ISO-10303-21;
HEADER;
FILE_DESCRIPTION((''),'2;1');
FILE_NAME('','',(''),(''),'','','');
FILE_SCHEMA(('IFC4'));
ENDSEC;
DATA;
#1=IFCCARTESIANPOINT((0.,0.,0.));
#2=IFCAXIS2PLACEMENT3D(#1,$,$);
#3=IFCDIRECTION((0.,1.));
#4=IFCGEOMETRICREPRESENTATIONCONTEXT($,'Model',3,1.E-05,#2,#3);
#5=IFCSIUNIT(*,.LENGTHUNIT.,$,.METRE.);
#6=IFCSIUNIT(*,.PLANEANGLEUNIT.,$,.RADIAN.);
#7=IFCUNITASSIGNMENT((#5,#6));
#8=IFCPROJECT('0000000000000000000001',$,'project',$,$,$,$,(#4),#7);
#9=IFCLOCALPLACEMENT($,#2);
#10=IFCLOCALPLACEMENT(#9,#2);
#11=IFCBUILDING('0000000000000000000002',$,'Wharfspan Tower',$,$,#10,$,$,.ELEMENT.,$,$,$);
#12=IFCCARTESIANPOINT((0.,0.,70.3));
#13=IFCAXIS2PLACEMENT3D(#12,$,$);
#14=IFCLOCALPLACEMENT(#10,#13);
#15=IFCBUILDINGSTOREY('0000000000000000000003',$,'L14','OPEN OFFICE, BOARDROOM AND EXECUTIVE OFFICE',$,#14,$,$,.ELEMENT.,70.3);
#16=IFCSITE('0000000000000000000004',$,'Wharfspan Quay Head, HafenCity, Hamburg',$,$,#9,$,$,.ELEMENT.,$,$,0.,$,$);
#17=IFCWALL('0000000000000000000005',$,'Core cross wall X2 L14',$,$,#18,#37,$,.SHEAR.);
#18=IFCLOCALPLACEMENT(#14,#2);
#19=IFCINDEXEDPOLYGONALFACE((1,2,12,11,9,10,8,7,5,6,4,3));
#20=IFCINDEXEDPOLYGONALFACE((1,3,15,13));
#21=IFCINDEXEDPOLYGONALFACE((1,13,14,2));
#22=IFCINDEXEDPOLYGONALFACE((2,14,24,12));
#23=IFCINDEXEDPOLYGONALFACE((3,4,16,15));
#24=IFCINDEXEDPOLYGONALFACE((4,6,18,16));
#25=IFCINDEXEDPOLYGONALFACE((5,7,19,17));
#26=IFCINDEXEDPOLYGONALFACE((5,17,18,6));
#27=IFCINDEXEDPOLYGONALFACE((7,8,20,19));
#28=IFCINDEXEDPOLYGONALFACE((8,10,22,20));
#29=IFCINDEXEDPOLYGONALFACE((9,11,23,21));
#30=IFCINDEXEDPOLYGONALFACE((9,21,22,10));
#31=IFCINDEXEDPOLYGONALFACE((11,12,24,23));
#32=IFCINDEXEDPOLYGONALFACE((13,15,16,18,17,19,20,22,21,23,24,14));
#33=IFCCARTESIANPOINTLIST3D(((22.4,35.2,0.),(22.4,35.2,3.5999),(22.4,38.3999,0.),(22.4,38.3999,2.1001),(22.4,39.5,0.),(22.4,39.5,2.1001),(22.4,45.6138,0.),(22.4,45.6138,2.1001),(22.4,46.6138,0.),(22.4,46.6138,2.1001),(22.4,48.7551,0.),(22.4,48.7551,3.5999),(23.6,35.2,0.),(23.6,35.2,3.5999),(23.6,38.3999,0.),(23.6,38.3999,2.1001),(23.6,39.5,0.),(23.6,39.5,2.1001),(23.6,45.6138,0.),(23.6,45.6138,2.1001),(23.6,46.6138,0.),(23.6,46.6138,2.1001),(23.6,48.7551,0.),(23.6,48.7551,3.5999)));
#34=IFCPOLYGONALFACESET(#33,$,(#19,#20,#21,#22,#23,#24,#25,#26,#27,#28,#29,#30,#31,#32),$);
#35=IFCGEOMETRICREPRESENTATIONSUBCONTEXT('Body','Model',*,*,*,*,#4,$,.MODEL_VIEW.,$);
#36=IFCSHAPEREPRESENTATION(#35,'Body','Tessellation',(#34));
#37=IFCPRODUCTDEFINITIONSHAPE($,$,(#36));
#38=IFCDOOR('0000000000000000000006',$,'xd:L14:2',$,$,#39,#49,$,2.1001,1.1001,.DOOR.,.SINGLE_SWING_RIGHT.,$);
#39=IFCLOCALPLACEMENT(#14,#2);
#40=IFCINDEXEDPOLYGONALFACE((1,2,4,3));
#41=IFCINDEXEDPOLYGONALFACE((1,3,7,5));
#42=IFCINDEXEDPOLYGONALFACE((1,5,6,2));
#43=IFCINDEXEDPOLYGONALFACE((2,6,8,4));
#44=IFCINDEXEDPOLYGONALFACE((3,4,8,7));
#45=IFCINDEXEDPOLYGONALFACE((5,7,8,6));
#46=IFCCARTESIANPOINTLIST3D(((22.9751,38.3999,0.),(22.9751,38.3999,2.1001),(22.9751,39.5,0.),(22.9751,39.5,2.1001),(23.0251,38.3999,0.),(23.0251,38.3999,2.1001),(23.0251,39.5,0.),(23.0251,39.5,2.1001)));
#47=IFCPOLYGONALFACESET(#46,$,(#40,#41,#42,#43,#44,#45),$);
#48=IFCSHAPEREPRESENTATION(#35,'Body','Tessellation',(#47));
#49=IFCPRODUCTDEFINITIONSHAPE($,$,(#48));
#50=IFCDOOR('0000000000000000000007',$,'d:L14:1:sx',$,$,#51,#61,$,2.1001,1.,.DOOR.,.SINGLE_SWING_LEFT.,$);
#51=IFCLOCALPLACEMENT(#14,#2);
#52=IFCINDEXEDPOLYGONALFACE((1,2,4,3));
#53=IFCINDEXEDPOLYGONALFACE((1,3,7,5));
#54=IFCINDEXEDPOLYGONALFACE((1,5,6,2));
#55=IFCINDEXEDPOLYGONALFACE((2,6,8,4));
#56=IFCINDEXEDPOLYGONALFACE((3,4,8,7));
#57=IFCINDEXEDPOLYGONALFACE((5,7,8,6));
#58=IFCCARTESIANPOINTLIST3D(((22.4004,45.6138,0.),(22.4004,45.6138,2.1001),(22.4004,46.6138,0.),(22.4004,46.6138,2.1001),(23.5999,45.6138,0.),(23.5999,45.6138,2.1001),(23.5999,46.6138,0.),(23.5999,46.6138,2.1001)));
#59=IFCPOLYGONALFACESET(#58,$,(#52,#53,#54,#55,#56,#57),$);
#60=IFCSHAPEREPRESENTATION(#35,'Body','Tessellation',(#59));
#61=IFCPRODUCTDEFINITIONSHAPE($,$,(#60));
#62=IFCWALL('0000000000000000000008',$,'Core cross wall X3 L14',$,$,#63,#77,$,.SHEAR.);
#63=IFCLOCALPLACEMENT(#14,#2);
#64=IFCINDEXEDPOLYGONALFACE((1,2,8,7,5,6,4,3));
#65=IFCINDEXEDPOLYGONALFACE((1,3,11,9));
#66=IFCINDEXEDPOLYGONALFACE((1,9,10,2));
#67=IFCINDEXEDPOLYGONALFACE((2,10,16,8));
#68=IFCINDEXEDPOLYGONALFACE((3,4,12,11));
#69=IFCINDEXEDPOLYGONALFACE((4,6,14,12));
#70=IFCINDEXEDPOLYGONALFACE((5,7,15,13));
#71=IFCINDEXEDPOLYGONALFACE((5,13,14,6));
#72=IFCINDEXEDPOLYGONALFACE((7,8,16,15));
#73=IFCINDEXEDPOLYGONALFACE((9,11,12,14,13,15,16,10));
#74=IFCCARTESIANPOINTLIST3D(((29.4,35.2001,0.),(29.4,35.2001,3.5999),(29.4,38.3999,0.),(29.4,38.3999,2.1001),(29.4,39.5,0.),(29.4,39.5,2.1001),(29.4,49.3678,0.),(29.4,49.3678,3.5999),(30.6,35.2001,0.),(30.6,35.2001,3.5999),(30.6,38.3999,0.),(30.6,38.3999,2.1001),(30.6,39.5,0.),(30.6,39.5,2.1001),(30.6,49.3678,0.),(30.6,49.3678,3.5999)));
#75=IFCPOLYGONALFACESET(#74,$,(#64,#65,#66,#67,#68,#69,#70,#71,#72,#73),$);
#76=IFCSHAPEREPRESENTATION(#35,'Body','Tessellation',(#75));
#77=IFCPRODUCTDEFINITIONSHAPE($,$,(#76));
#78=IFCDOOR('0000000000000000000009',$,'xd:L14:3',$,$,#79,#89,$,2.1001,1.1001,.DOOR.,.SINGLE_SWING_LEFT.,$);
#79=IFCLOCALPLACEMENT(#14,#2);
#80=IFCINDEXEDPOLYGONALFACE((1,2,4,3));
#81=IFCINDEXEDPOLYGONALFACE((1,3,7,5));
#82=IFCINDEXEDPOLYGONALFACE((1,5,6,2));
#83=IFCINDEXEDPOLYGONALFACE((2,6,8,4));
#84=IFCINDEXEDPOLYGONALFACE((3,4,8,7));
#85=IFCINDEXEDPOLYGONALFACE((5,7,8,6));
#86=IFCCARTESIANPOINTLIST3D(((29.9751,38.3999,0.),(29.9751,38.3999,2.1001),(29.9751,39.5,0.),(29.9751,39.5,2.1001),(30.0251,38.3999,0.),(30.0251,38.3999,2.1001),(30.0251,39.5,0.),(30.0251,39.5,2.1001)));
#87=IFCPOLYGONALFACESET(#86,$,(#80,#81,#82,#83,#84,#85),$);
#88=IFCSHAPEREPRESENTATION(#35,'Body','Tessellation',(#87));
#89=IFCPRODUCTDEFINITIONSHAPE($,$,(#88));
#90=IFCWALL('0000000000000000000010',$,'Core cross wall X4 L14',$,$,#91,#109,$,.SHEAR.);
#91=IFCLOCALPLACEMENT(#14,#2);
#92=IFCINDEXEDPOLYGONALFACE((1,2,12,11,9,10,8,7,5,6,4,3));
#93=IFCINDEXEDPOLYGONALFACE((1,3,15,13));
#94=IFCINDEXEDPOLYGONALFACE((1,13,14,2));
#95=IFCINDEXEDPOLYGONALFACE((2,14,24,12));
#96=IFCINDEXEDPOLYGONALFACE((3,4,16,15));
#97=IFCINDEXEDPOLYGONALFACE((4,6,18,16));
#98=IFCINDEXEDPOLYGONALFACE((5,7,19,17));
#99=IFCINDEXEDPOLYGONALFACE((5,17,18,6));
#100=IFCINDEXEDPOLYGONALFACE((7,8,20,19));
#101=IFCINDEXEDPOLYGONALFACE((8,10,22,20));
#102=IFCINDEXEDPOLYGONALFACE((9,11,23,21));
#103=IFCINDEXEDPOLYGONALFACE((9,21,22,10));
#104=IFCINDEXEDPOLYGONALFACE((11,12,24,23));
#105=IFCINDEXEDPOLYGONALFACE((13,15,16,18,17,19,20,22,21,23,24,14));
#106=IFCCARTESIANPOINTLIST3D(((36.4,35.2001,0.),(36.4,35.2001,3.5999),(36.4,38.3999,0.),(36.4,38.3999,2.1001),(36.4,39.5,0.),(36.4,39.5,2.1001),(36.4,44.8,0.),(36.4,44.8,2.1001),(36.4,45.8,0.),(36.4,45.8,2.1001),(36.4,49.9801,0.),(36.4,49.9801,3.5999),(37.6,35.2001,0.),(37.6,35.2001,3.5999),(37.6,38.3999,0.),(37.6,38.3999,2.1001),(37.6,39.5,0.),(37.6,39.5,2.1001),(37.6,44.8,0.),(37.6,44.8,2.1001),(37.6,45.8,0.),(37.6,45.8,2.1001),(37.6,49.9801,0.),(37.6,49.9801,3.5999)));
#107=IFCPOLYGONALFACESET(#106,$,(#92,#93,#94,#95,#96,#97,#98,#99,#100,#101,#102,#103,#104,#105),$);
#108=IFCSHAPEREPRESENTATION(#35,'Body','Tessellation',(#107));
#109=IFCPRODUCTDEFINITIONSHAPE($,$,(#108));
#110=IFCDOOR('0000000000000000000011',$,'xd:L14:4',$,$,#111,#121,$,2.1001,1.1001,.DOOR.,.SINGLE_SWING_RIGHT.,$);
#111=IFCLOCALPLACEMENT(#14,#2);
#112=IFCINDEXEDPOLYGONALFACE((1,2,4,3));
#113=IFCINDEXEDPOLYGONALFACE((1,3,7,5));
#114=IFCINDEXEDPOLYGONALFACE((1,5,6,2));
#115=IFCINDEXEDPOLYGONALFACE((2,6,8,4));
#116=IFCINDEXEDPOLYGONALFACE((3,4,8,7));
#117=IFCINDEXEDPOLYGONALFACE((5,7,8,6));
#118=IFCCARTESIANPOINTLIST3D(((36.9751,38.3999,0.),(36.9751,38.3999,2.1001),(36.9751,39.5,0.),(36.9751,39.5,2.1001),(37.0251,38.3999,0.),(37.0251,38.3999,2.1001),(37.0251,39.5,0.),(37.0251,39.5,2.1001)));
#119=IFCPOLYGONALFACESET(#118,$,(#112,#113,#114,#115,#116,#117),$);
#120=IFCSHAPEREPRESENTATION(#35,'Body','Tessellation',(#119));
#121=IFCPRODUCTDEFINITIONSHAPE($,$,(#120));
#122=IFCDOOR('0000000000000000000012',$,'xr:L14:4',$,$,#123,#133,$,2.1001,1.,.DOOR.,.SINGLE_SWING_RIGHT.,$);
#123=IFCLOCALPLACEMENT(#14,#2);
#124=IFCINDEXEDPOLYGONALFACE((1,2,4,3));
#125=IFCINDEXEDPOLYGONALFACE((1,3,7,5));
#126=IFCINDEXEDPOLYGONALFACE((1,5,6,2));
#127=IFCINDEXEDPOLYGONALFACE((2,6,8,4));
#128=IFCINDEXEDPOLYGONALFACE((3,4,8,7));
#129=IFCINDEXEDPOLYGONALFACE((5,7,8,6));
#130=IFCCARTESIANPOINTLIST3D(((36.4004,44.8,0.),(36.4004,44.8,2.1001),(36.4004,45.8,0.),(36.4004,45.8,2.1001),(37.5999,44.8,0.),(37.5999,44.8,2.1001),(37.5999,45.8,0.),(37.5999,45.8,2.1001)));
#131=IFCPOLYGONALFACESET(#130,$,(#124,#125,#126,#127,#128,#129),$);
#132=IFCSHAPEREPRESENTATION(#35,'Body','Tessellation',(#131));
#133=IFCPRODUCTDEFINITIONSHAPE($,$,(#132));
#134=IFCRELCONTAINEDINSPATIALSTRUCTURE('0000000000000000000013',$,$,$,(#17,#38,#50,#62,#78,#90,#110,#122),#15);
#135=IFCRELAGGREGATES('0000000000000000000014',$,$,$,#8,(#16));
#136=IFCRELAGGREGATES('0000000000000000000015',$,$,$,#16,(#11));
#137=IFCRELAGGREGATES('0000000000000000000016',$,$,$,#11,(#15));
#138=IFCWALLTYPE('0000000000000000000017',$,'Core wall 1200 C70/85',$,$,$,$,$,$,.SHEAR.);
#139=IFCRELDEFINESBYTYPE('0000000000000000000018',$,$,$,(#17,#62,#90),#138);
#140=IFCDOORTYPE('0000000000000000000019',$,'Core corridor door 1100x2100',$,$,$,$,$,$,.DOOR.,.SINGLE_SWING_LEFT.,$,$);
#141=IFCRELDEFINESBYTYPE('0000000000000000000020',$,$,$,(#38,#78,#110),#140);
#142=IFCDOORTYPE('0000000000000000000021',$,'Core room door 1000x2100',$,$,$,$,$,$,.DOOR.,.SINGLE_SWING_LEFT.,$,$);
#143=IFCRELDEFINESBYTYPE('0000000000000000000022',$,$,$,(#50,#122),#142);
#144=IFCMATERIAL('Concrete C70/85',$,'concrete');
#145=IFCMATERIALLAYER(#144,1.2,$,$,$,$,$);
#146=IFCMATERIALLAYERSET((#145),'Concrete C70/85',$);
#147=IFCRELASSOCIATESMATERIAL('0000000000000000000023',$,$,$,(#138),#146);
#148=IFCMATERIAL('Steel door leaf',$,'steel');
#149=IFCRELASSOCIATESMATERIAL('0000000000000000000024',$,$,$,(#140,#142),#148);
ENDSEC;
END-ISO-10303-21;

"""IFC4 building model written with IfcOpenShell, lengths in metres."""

from ifc_helpers import new_model, si_unit, direction, frame, frame_2d, origin, place, context, subcontext, project, spatial, rectangle, extrude, material, layer, layer_set, type_object, element, fill, save


model = new_model("IFC4")

# Units and contexts
model_context = context("Model", 3, precision=1e-05, world=origin(), true_north=direction((0.0, 1.0)))
body_context = subcontext(model_context, "Body", "Model", "MODEL_VIEW")
ifc_project = project(units=[si_unit("LENGTHUNIT", "METRE"), si_unit("PLANEANGLEUNIT", "RADIAN")], contexts=[model_context])

# Site, building, storey
site_placement = place(None, origin())
site = spatial("IfcSite", under=ifc_project, at=site_placement, Name="Wharfspan Quay Head, HafenCity, Hamburg", CompositionType="ELEMENT", RefElevation=0.0)
building_placement = place(site_placement, origin())
building = spatial("IfcBuilding", under=site, at=building_placement, Name="Wharfspan Tower", CompositionType="ELEMENT")
storey_placement = place(building_placement, frame((0.0, 0.0, 70.3)))
storey = spatial("IfcBuildingStorey", under=building, at=storey_placement, Name="L14", Description="OPEN OFFICE, BOARDROOM AND EXECUTIVE OFFICE", CompositionType="ELEMENT", Elevation=70.3)

# Wall, openings, doors
ifc_material_1 = material(Name="Concrete C70/85", Category="concrete")
ifc_layer_1 = layer(ifc_material_1, 1.2)
ifc_layer_set_1 = layer_set([ifc_layer_1], Name="Concrete C70/85")
wall_type_1 = type_object("IfcWallType", Name="Core wall 1200 C70/85", PredefinedType="SHEAR", material=ifc_layer_set_1)
ifc_material_2 = material(Name="Steel door leaf", Category="steel")
door_type_1 = type_object("IfcDoorType", Name="Core corridor door 1100x2100", OperationType="SINGLE_SWING_LEFT", PredefinedType="DOOR", material=ifc_material_2)
door_type_2 = type_object("IfcDoorType", Name="Core room door 1000x2100", OperationType="SINGLE_SWING_LEFT", PredefinedType="DOOR", material=ifc_material_2)
wall_1_placement = place(storey_placement, frame((23.0, 35.2, 0.0), z_axis=(0.0, 0.0, 1.0), x_axis=(0.0, 1.0, 0.0)))
wall_1 = element("IfcWall", 1, at=wall_1_placement, inside=storey, type_object=wall_type_1, Name="Core cross wall X2 L14", PredefinedType="SHEAR", context=body_context, shape_type="SweptSolid", body=[
    extrude(rectangle(XDim=13.5552, YDim=1.2, at=frame_2d((6.7776, 0.0))), origin(), (0.0, 0.0, 1.0), 3.5999),
])
opening_1_placement = place(wall_1_placement, frame((10.4138, 0.0, 0.0)))
opening_1 = element("IfcOpeningElement", 2, at=opening_1_placement, cuts=wall_1, PredefinedType="OPENING", context=body_context, shape_type="SweptSolid", body=[
    extrude(rectangle(XDim=1.0, YDim=2.1001, at=frame_2d((0.5, 1.05))), frame((0.0, 0.6099, 0.0), z_axis=(0.0, -1.0, 0.0), x_axis=(1.0, 0.0, 0.0)), (0.0, 0.0, 1.0), 1.22),
])
opening_2_placement = place(wall_1_placement, frame((3.2, 0.0, 0.0)))
opening_2 = element("IfcOpeningElement", 3, at=opening_2_placement, cuts=wall_1, PredefinedType="OPENING", context=body_context, shape_type="SweptSolid", body=[
    extrude(rectangle(XDim=1.1001, YDim=2.1001, at=frame_2d((0.55, 1.05))), frame((0.0, 0.6099, 0.0), z_axis=(0.0, -1.0, 0.0), x_axis=(1.0, 0.0, 0.0)), (0.0, 0.0, 1.0), 1.22),
])
door_1_placement = place(opening_2_placement, origin())
door_1 = element("IfcDoor", 4, at=door_1_placement, inside=storey, type_object=door_type_1, Name="xd:L14:2", OperationType="SINGLE_SWING_RIGHT", OverallHeight=2.1001, OverallWidth=1.1001, PredefinedType="DOOR", context=body_context, shape_type="SweptSolid", body=[
    extrude(rectangle(XDim=1.1001, YDim=2.1001, at=frame_2d((0.55, 1.05))), frame((0.0, 0.0249, 0.0), z_axis=(0.0, -1.0, 0.0), x_axis=(1.0, 0.0, 0.0)), (0.0, 0.0, 1.0), 0.05),
])
fill(opening_2, door_1)
door_2_placement = place(opening_1_placement, origin())
door_2 = element("IfcDoor", 5, at=door_2_placement, inside=storey, type_object=door_type_2, Name="d:L14:1:sx", OperationType="SINGLE_SWING_LEFT", OverallHeight=2.1001, OverallWidth=1.0, PredefinedType="DOOR", context=body_context, shape_type="SweptSolid", body=[
    extrude(rectangle(XDim=1.0, YDim=2.1001, at=frame_2d((0.5, 1.05))), frame((0.0, 0.5996, 0.0), z_axis=(0.0, -1.0, 0.0), x_axis=(1.0, 0.0, 0.0)), (0.0, 0.0, 1.0), 1.1995),
])
fill(opening_1, door_2)

# Wall, opening, door
wall_2_placement = place(storey_placement, frame((30.0, 35.2, 0.0), z_axis=(0.0, 0.0, 1.0), x_axis=(0.0, 1.0, 0.0)))
wall_2 = element("IfcWall", 6, at=wall_2_placement, inside=storey, type_object=wall_type_1, Name="Core cross wall X3 L14", PredefinedType="SHEAR", context=body_context, shape_type="SweptSolid", body=[
    extrude(rectangle(XDim=14.1677, YDim=1.2, at=frame_2d((7.084, 0.0))), origin(), (0.0, 0.0, 1.0), 3.5999),
])
opening_3_placement = place(wall_2_placement, frame((3.2, 0.0, 0.0)))
opening_3 = element("IfcOpeningElement", 7, at=opening_3_placement, cuts=wall_2, PredefinedType="OPENING", context=body_context, shape_type="SweptSolid", body=[
    extrude(rectangle(XDim=1.1001, YDim=2.1001, at=frame_2d((0.55, 1.05))), frame((0.0, 0.6099, 0.0), z_axis=(0.0, -1.0, 0.0), x_axis=(1.0, 0.0, 0.0)), (0.0, 0.0, 1.0), 1.22),
])
door_3_placement = place(opening_3_placement, origin())
door_3 = element("IfcDoor", 8, at=door_3_placement, inside=storey, type_object=door_type_1, Name="xd:L14:3", OperationType="SINGLE_SWING_LEFT", OverallHeight=2.1001, OverallWidth=1.1001, PredefinedType="DOOR", context=body_context, shape_type="SweptSolid", body=[
    extrude(rectangle(XDim=1.1001, YDim=2.1001, at=frame_2d((0.55, 1.05))), frame((0.0, 0.0249, 0.0), z_axis=(0.0, -1.0, 0.0), x_axis=(1.0, 0.0, 0.0)), (0.0, 0.0, 1.0), 0.05),
])
fill(opening_3, door_3)

# Wall, openings, doors
wall_3_placement = place(storey_placement, frame((37.0, 35.2, 0.0), z_axis=(0.0, 0.0, 1.0), x_axis=(0.0, 1.0, 0.0)))
wall_3 = element("IfcWall", 9, at=wall_3_placement, inside=storey, type_object=wall_type_1, Name="Core cross wall X4 L14", PredefinedType="SHEAR", context=body_context, shape_type="SweptSolid", body=[
    extrude(rectangle(XDim=14.78, YDim=1.2, at=frame_2d((7.3901, 0.0))), origin(), (0.0, 0.0, 1.0), 3.5999),
])
opening_4_placement = place(wall_3_placement, frame((3.2, 0.0, 0.0)))
opening_4 = element("IfcOpeningElement", 10, at=opening_4_placement, cuts=wall_3, PredefinedType="OPENING", context=body_context, shape_type="SweptSolid", body=[
    extrude(rectangle(XDim=1.1001, YDim=2.1001, at=frame_2d((0.55, 1.05))), frame((0.0, 0.6099, 0.0), z_axis=(0.0, -1.0, 0.0), x_axis=(1.0, 0.0, 0.0)), (0.0, 0.0, 1.0), 1.22),
])
opening_5_placement = place(wall_3_placement, frame((9.6001, 0.0, 0.0)))
opening_5 = element("IfcOpeningElement", 11, at=opening_5_placement, cuts=wall_3, PredefinedType="OPENING", context=body_context, shape_type="SweptSolid", body=[
    extrude(rectangle(XDim=1.0, YDim=2.1001, at=frame_2d((0.5, 1.05))), frame((0.0, 0.6099, 0.0), z_axis=(0.0, -1.0, 0.0), x_axis=(1.0, 0.0, 0.0)), (0.0, 0.0, 1.0), 1.22),
])
door_4_placement = place(opening_4_placement, origin())
door_4 = element("IfcDoor", 12, at=door_4_placement, inside=storey, type_object=door_type_1, Name="xd:L14:4", OperationType="SINGLE_SWING_RIGHT", OverallHeight=2.1001, OverallWidth=1.1001, PredefinedType="DOOR", context=body_context, shape_type="SweptSolid", body=[
    extrude(rectangle(XDim=1.1001, YDim=2.1001, at=frame_2d((0.55, 1.05))), frame((0.0, 0.0249, 0.0), z_axis=(0.0, -1.0, 0.0), x_axis=(1.0, 0.0, 0.0)), (0.0, 0.0, 1.0), 0.05),
])
fill(opening_4, door_4)
door_5_placement = place(opening_5_placement, origin())
door_5 = element("IfcDoor", 13, at=door_5_placement, inside=storey, type_object=door_type_2, Name="xr:L14:4", OperationType="SINGLE_SWING_RIGHT", OverallHeight=2.1001, OverallWidth=1.0, PredefinedType="DOOR", context=body_context, shape_type="SweptSolid", body=[
    extrude(rectangle(XDim=1.0, YDim=2.1001, at=frame_2d((0.5, 1.05))), frame((0.0, 0.5996, 0.0), z_axis=(0.0, -1.0, 0.0), x_axis=(1.0, 0.0, 0.0)), (0.0, 0.0, 1.0), 1.1995),
])
fill(opening_5, door_5)

save(model, "model.ifc")
